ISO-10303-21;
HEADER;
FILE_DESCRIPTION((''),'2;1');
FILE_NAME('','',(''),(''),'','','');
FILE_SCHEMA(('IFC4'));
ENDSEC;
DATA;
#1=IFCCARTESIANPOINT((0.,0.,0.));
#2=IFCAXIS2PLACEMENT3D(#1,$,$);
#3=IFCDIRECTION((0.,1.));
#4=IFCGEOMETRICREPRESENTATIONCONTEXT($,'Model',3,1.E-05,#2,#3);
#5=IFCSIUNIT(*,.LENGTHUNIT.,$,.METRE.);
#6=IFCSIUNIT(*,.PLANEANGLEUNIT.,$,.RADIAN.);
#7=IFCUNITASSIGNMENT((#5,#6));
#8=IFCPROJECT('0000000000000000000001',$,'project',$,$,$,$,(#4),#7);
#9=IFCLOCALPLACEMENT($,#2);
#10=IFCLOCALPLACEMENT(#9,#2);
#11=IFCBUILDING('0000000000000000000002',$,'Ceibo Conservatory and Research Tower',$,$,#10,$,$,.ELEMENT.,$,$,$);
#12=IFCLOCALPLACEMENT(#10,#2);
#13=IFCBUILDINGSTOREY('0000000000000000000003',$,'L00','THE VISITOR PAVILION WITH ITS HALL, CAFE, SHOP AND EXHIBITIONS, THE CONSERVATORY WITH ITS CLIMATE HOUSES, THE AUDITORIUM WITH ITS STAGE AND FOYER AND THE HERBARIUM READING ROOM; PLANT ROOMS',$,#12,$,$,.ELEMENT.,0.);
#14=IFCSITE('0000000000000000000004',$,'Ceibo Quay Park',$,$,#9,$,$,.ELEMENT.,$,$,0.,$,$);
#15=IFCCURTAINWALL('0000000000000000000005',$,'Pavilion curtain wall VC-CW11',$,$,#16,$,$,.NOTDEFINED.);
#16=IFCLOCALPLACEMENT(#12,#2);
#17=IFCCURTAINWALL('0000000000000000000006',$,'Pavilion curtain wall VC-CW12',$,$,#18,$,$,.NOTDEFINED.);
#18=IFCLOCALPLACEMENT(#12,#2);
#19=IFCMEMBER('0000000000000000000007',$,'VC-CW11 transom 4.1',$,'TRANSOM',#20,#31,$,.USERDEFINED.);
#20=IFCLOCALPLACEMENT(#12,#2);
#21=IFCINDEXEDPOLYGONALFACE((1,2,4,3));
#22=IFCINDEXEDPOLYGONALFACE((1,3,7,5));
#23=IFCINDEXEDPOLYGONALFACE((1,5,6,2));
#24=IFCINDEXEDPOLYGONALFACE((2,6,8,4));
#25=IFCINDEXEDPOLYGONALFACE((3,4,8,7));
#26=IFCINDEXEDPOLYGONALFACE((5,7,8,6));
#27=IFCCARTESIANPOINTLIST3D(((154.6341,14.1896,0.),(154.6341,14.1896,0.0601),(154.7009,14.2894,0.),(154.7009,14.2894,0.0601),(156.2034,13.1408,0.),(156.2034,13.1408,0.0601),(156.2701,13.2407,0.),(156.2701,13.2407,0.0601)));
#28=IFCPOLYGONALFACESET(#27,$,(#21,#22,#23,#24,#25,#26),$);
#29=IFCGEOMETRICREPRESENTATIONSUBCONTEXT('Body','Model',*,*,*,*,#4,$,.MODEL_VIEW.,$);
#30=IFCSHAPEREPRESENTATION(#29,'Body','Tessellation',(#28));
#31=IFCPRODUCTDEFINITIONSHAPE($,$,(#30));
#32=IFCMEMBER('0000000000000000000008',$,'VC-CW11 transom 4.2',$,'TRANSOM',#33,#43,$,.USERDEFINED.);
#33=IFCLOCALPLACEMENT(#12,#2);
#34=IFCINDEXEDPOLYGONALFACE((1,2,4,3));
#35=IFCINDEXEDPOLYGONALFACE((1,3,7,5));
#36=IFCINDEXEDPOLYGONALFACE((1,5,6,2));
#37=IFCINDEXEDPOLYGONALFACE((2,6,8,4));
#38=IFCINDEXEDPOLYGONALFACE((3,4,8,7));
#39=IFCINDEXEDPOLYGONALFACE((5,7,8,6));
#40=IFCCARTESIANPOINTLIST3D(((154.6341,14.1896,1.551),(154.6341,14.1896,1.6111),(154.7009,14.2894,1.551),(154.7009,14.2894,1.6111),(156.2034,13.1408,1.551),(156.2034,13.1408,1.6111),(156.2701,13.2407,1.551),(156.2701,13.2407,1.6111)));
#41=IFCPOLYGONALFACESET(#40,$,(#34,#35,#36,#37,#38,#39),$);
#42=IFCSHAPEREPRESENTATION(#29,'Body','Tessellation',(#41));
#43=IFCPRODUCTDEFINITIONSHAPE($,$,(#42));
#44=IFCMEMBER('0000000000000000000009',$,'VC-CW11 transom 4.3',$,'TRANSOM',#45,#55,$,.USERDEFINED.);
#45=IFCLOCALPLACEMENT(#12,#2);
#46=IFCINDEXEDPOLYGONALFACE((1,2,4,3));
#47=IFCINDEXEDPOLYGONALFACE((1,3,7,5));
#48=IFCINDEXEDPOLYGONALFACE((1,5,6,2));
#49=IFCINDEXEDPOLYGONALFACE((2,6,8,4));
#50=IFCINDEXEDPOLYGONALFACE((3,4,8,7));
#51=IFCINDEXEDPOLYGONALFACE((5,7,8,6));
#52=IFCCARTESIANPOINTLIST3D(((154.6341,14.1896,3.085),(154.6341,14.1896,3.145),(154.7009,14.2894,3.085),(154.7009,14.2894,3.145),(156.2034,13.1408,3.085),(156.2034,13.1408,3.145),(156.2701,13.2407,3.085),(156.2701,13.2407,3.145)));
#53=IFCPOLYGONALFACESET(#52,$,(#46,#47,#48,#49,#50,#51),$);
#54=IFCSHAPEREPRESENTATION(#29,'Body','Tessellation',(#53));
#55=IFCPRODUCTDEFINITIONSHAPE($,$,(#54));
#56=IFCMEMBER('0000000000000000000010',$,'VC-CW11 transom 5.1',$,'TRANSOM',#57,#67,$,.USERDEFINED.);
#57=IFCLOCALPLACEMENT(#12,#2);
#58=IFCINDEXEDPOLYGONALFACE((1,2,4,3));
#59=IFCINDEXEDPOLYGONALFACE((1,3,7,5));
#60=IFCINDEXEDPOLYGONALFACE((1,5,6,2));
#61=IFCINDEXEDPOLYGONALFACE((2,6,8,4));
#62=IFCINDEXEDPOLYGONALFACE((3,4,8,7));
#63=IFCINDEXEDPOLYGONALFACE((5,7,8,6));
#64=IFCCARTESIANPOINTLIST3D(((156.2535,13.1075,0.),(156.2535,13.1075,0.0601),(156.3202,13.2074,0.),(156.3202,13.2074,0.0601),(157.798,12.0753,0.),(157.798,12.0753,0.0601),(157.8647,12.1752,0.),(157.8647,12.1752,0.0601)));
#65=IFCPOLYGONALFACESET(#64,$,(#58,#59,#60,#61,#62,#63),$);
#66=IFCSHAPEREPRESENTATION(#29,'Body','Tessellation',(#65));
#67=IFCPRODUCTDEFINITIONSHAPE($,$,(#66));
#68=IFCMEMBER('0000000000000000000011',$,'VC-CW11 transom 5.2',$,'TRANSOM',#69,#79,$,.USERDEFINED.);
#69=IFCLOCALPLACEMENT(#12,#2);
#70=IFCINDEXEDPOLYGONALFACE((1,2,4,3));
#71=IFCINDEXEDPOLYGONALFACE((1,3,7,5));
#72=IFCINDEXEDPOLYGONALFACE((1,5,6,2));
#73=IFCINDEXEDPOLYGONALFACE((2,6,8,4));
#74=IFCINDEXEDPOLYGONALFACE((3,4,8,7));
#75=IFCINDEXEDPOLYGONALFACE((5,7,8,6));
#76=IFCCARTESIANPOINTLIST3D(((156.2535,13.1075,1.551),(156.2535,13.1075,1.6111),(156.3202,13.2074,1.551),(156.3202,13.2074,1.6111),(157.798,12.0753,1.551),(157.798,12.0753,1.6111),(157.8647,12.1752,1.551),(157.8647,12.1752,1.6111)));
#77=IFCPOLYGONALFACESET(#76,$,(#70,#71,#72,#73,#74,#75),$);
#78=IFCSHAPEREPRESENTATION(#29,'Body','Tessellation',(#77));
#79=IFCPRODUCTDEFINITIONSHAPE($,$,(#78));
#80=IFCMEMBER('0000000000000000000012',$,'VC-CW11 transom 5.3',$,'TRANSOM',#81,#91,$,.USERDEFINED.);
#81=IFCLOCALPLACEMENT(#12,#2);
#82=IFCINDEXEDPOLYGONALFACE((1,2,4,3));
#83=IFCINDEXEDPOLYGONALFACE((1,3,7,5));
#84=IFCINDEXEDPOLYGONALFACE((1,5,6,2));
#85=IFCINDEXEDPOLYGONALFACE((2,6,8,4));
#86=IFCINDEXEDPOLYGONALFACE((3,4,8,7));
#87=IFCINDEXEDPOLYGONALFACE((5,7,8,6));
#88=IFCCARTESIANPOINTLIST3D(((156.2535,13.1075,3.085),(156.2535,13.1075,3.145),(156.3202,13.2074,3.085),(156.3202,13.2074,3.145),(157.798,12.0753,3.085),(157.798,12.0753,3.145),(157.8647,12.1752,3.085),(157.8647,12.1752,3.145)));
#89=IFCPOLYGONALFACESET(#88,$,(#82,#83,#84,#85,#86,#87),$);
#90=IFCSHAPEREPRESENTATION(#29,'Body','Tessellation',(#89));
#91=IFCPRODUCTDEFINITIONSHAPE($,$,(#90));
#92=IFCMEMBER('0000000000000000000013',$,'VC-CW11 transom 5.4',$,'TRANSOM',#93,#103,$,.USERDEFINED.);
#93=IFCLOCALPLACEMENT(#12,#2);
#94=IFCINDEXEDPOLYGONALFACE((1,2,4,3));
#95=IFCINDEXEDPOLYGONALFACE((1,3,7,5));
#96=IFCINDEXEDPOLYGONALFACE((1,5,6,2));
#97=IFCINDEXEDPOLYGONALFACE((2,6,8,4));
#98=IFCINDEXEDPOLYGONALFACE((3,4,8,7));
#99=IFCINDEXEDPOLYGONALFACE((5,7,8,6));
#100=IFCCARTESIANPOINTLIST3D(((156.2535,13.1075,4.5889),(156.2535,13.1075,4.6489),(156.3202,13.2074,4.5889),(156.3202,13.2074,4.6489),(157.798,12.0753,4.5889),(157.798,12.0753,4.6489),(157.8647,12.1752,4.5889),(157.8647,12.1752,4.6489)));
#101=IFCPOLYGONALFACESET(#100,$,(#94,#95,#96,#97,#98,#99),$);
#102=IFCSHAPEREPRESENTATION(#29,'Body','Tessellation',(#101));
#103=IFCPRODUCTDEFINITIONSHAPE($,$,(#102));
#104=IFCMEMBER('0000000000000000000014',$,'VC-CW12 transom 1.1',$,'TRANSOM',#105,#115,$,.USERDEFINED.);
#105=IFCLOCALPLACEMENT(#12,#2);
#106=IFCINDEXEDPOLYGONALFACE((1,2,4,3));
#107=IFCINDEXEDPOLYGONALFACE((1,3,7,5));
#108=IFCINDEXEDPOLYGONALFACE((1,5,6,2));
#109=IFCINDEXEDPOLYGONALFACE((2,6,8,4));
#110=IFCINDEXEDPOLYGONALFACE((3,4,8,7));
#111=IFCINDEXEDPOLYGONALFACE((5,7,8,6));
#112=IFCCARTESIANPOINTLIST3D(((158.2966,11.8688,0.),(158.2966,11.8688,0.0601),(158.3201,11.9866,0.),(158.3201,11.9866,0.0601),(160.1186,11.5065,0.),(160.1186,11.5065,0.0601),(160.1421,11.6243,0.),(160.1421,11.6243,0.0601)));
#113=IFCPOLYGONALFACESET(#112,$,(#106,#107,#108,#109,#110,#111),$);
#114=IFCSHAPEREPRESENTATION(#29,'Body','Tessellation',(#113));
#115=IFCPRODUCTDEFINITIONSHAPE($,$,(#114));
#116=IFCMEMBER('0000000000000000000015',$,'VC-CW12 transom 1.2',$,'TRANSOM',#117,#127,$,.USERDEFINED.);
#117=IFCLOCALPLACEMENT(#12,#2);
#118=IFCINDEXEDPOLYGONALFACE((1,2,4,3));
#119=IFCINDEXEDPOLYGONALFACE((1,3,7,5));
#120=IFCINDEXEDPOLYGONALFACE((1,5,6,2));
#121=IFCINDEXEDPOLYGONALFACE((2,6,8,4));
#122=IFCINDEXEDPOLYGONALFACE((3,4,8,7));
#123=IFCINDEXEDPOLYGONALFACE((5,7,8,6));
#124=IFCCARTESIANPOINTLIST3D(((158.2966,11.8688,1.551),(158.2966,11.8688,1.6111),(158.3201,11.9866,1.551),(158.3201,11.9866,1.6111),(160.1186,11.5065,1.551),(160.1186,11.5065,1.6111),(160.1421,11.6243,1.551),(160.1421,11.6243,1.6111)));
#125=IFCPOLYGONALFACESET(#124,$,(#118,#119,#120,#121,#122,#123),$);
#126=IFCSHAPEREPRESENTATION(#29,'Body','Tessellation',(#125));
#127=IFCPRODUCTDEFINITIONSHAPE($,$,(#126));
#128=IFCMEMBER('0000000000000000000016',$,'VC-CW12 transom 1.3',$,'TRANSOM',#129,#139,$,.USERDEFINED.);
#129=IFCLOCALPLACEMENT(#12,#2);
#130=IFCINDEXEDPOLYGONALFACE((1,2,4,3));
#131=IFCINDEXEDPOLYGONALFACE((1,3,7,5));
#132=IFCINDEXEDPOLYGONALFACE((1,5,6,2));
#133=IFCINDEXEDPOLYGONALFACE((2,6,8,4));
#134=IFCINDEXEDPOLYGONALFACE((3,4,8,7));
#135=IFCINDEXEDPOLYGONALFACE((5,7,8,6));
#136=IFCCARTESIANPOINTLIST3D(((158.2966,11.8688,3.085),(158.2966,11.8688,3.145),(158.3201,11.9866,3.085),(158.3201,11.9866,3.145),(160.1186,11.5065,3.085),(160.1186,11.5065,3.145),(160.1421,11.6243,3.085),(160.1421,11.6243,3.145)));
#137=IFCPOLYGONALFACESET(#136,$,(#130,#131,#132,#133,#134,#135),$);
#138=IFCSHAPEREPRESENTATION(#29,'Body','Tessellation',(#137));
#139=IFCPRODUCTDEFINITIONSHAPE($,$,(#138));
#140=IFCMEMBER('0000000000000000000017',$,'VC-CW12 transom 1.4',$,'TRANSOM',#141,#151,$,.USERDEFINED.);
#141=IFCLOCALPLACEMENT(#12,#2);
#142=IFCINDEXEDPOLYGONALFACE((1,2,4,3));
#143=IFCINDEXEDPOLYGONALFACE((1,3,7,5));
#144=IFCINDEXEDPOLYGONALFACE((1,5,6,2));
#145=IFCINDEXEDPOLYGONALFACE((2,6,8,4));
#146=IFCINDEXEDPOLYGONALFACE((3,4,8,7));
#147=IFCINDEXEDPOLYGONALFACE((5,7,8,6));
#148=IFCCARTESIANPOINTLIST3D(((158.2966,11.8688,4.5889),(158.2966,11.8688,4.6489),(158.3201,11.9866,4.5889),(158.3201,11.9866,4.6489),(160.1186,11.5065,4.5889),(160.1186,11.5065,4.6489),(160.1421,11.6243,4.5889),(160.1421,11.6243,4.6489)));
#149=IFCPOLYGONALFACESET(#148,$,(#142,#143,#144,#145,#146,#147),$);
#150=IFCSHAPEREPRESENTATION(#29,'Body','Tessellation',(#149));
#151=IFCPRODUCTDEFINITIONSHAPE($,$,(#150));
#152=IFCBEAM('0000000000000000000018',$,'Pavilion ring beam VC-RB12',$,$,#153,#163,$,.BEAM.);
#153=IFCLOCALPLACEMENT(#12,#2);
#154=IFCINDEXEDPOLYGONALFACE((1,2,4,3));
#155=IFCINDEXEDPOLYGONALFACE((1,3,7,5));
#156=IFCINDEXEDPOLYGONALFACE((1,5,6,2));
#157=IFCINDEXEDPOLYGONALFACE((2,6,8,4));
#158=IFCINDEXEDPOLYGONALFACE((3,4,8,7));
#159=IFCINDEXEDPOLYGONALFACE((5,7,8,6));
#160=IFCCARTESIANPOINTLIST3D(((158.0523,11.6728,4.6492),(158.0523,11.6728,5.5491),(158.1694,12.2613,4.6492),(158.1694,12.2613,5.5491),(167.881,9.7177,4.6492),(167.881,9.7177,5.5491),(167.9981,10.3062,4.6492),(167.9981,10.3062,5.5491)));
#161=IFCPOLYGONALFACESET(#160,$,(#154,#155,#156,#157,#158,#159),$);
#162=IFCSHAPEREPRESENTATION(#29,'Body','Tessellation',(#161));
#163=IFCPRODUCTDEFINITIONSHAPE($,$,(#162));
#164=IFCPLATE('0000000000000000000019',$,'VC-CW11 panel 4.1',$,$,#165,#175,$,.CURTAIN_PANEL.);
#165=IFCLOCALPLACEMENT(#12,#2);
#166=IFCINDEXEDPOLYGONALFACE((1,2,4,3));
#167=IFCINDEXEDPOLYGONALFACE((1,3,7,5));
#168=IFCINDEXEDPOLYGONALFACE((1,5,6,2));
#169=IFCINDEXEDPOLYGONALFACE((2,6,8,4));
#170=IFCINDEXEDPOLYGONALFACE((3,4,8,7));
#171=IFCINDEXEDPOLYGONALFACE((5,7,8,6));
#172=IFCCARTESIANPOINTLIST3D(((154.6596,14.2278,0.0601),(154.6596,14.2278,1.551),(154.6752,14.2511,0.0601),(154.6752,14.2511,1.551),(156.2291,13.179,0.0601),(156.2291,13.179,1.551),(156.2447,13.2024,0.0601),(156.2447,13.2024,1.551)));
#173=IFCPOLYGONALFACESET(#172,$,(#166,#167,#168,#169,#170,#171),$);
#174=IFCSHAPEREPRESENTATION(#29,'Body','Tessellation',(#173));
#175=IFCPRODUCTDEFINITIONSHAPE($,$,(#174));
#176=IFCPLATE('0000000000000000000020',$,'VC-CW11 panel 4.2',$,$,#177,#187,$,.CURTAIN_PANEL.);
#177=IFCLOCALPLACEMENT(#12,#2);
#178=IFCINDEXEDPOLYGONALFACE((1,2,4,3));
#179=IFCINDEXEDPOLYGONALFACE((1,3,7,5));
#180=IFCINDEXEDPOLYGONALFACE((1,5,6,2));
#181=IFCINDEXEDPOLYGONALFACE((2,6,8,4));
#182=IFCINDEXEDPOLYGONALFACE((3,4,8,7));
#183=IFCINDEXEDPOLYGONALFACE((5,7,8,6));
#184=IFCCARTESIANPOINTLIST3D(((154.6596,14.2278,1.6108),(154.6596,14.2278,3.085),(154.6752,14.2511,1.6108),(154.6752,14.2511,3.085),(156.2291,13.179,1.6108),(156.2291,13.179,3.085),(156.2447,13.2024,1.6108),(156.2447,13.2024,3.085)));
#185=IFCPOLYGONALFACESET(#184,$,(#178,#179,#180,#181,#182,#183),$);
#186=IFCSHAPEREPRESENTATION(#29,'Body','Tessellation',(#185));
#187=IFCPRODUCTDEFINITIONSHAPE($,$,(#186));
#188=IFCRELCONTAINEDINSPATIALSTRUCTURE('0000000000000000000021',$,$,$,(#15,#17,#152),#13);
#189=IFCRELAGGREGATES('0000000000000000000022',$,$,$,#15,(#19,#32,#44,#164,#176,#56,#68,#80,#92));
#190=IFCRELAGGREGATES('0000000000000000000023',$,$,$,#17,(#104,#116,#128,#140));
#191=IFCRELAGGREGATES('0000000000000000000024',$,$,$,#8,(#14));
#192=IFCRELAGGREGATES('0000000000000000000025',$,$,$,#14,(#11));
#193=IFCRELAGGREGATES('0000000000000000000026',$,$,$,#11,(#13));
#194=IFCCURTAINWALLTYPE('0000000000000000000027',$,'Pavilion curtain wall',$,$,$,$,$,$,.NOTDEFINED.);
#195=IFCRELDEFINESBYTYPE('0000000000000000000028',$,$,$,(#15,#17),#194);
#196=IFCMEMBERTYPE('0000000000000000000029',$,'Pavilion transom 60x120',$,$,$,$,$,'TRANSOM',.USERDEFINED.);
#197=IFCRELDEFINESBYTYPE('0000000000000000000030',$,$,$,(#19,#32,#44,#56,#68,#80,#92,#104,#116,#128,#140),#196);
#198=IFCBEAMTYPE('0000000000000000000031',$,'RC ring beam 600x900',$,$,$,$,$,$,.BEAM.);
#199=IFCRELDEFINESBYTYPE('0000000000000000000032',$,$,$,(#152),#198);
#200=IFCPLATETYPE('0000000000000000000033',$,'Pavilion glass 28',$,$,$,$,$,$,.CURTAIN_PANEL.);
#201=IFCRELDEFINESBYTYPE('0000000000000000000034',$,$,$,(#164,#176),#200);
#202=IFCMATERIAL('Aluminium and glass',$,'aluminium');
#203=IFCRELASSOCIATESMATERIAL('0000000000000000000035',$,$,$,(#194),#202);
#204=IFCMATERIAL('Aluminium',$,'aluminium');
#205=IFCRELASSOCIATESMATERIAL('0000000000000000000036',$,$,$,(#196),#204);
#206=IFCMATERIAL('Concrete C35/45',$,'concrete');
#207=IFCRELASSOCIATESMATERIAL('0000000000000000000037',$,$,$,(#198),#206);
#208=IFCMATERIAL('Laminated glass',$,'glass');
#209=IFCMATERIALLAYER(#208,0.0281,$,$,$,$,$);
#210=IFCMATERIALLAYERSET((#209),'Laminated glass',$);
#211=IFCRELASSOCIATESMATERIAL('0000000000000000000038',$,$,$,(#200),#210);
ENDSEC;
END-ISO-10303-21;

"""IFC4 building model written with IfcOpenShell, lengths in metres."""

from ifc_helpers import new_model, si_unit, direction, frame, origin, origin_2d, place, context, subcontext, project, spatial, rectangle, extrude, material, layer, layer_set, material_profile, profile_set, type_object, element, aggregate, save


model = new_model("IFC4")

# Units and contexts
model_context = context("Model", 3, precision=1e-05, world=origin(), true_north=direction((0.0, 1.0)))
body_context = subcontext(model_context, "Body", "Model", "MODEL_VIEW")
ifc_project = project(units=[si_unit("LENGTHUNIT", "METRE"), si_unit("PLANEANGLEUNIT", "RADIAN")], contexts=[model_context])

# Site, building, storey
site_placement = place(None, origin())
site = spatial("IfcSite", under=ifc_project, at=site_placement, Name="Ceibo Quay Park", CompositionType="ELEMENT", RefElevation=0.0)
building_placement = place(site_placement, origin())
building = spatial("IfcBuilding", under=site, at=building_placement, Name="Ceibo Conservatory and Research Tower", CompositionType="ELEMENT")
storey_placement = place(building_placement, origin())
storey = spatial("IfcBuildingStorey", under=building, at=storey_placement, Name="L00", Description="THE VISITOR PAVILION WITH ITS HALL, CAFE, SHOP AND EXHIBITIONS, THE CONSERVATORY WITH ITS CLIMATE HOUSES, THE AUDITORIUM WITH ITS STAGE AND FOYER AND THE HERBARIUM READING ROOM; PLANT ROOMS", CompositionType="ELEMENT", Elevation=0.0)

# Shared definitions
ifc_material_1 = material(Name="Concrete C35/45", Category="concrete")

# Curtain wall
ifc_material_2 = material(Name="Aluminium and glass", Category="aluminium")
curtain_wall_type = type_object("IfcCurtainWallType", Name="Pavilion curtain wall", PredefinedType="NOTDEFINED", material=ifc_material_2)
curtain_wall_1_placement = place(storey_placement, origin())
curtain_wall_1 = element("IfcCurtainWall", 1, at=curtain_wall_1_placement, inside=storey, type_object=curtain_wall_type, Name="Pavilion curtain wall VC-CW11", PredefinedType="NOTDEFINED")
ifc_material_3 = material(Name="Aluminium", Category="aluminium")

# Curtain wall
curtain_wall_2_placement = place(storey_placement, origin())
curtain_wall_2 = element("IfcCurtainWall", 2, at=curtain_wall_2_placement, inside=storey, type_object=curtain_wall_type, Name="Pavilion curtain wall VC-CW12", PredefinedType="NOTDEFINED")

# Members
ifc_material_profile_1 = material_profile(ifc_material_3, rectangle(XDim=0.1201, YDim=0.0601, at=origin_2d()), Name="AL 60x120")
ifc_profile_set_1 = profile_set([ifc_material_profile_1], Name="Aluminium")
member_type_1 = type_object("IfcMemberType", Name="Pavilion transom 60x120", ElementType="TRANSOM", PredefinedType="USERDEFINED", material=ifc_profile_set_1)
member_1_placement = place(storey_placement, frame((154.6675, 14.2395, 0.03), z_axis=(0.831413, -0.555655, 0.0), x_axis=(0.555655, 0.831413, 0.0)))
member_1 = element("IfcMember", 3, at=member_1_placement, type_object=member_type_1, Name="VC-CW11 transom 4.1", ObjectType="TRANSOM", PredefinedType="USERDEFINED", context=body_context, shape_type="SweptSolid", body=[
    extrude(rectangle(XDim=0.1201, YDim=0.0601, at=origin_2d()), origin(), (0.0, 0.0, 1.0), 1.8875),
])
member_2_placement = place(storey_placement, frame((154.6675, 14.2395, 1.5811), z_axis=(0.831413, -0.555655, 0.0), x_axis=(0.555655, 0.831413, 0.0)))
member_2 = element("IfcMember", 4, at=member_2_placement, type_object=member_type_1, Name="VC-CW11 transom 4.2", ObjectType="TRANSOM", PredefinedType="USERDEFINED", context=body_context, shape_type="SweptSolid", body=[
    extrude(rectangle(XDim=0.1201, YDim=0.0601, at=origin_2d()), origin(), (0.0, 0.0, 1.0), 1.8875),
])
member_3_placement = place(storey_placement, frame((154.6675, 14.2395, 3.115), z_axis=(0.831413, -0.555655, 0.0), x_axis=(0.555655, 0.831413, 0.0)))
member_3 = element("IfcMember", 5, at=member_3_placement, type_object=member_type_1, Name="VC-CW11 transom 4.3", ObjectType="TRANSOM", PredefinedType="USERDEFINED", context=body_context, shape_type="SweptSolid", body=[
    extrude(rectangle(XDim=0.1201, YDim=0.0601, at=origin_2d()), origin(), (0.0, 0.0, 1.0), 1.8875),
])
member_4_placement = place(storey_placement, frame((156.2869, 13.1575, 0.03), z_axis=(0.831403, -0.55567, 0.0), x_axis=(0.55567, 0.831403, 0.0)))
member_4 = element("IfcMember", 6, at=member_4_placement, type_object=member_type_1, Name="VC-CW11 transom 5.1", ObjectType="TRANSOM", PredefinedType="USERDEFINED", context=body_context, shape_type="SweptSolid", body=[
    extrude(rectangle(XDim=0.1201, YDim=0.0601, at=origin_2d()), origin(), (0.0, 0.0, 1.0), 1.8577),
])
member_5_placement = place(storey_placement, frame((156.2869, 13.1575, 1.5811), z_axis=(0.831403, -0.55567, 0.0), x_axis=(0.55567, 0.831403, 0.0)))
member_5 = element("IfcMember", 7, at=member_5_placement, type_object=member_type_1, Name="VC-CW11 transom 5.2", ObjectType="TRANSOM", PredefinedType="USERDEFINED", context=body_context, shape_type="SweptSolid", body=[
    extrude(rectangle(XDim=0.1201, YDim=0.0601, at=origin_2d()), origin(), (0.0, 0.0, 1.0), 1.8577),
])
member_6_placement = place(storey_placement, frame((156.2869, 13.1575, 3.115), z_axis=(0.831403, -0.55567, 0.0), x_axis=(0.55567, 0.831403, 0.0)))
member_6 = element("IfcMember", 8, at=member_6_placement, type_object=member_type_1, Name="VC-CW11 transom 5.3", ObjectType="TRANSOM", PredefinedType="USERDEFINED", context=body_context, shape_type="SweptSolid", body=[
    extrude(rectangle(XDim=0.1201, YDim=0.0601, at=origin_2d()), origin(), (0.0, 0.0, 1.0), 1.8577),
])
member_7_placement = place(storey_placement, frame((156.2869, 13.1575, 4.6189), z_axis=(0.831403, -0.55567, 0.0), x_axis=(0.55567, 0.831403, 0.0)))
member_7 = element("IfcMember", 9, at=member_7_placement, type_object=member_type_1, Name="VC-CW11 transom 5.4", ObjectType="TRANSOM", PredefinedType="USERDEFINED", context=body_context, shape_type="SweptSolid", body=[
    extrude(rectangle(XDim=0.1201, YDim=0.0601, at=origin_2d()), origin(), (0.0, 0.0, 1.0), 1.8577),
])
member_8_placement = place(storey_placement, frame((158.3083, 11.9277, 0.03), z_axis=(0.980797, -0.195029, 0.0), x_axis=(0.195029, 0.980797, 0.0)))
member_8 = element("IfcMember", 10, at=member_8_placement, type_object=member_type_1, Name="VC-CW12 transom 1.1", ObjectType="TRANSOM", PredefinedType="USERDEFINED", context=body_context, shape_type="SweptSolid", body=[
    extrude(rectangle(XDim=0.1201, YDim=0.0601, at=origin_2d()), origin(), (0.0, 0.0, 1.0), 1.8577),
])
member_9_placement = place(storey_placement, frame((158.3083, 11.9277, 1.5811), z_axis=(0.980797, -0.195029, 0.0), x_axis=(0.195029, 0.980797, 0.0)))
member_9 = element("IfcMember", 11, at=member_9_placement, type_object=member_type_1, Name="VC-CW12 transom 1.2", ObjectType="TRANSOM", PredefinedType="USERDEFINED", context=body_context, shape_type="SweptSolid", body=[
    extrude(rectangle(XDim=0.1201, YDim=0.0601, at=origin_2d()), origin(), (0.0, 0.0, 1.0), 1.8577),
])
member_10_placement = place(storey_placement, frame((158.3083, 11.9277, 3.115), z_axis=(0.980797, -0.195029, 0.0), x_axis=(0.195029, 0.980797, 0.0)))
member_10 = element("IfcMember", 12, at=member_10_placement, type_object=member_type_1, Name="VC-CW12 transom 1.3", ObjectType="TRANSOM", PredefinedType="USERDEFINED", context=body_context, shape_type="SweptSolid", body=[
    extrude(rectangle(XDim=0.1201, YDim=0.0601, at=origin_2d()), origin(), (0.0, 0.0, 1.0), 1.8577),
])
member_11_placement = place(storey_placement, frame((158.3083, 11.9277, 4.6189), z_axis=(0.980797, -0.195029, 0.0), x_axis=(0.195029, 0.980797, 0.0)))
member_11 = element("IfcMember", 13, at=member_11_placement, type_object=member_type_1, Name="VC-CW12 transom 1.4", ObjectType="TRANSOM", PredefinedType="USERDEFINED", context=body_context, shape_type="SweptSolid", body=[
    extrude(rectangle(XDim=0.1201, YDim=0.0601, at=origin_2d()), origin(), (0.0, 0.0, 1.0), 1.8577),
])

# Beam
ifc_material_profile_2 = material_profile(ifc_material_1, rectangle(XDim=0.6001, YDim=0.8999, at=origin_2d()), Name="RC 600x900")
ifc_profile_set_2 = profile_set([ifc_material_profile_2], Name="Concrete C35/45")
beam_type = type_object("IfcBeamType", Name="RC ring beam 600x900", PredefinedType="BEAM", material=ifc_profile_set_2)
beam_placement = place(storey_placement, frame((158.1108, 11.967, 5.0991), z_axis=(0.980784, -0.195095, 0.0), x_axis=(0.195095, 0.980784, 0.0)))
element("IfcBeam", 14, at=beam_placement, inside=storey, type_object=beam_type, Name="Pavilion ring beam VC-RB12", PredefinedType="BEAM", context=body_context, shape_type="SweptSolid", body=[
    extrude(rectangle(XDim=0.6001, YDim=0.8999, at=origin_2d()), origin(), (0.0, 0.0, 1.0), 10.0212),
])

# Plates
ifc_material_4 = material(Name="Laminated glass", Category="glass")
ifc_layer_1 = layer(ifc_material_4, 0.0281)
ifc_layer_set_1 = layer_set([ifc_layer_1], Name="Laminated glass")
plate_type = type_object("IfcPlateType", Name="Pavilion glass 28", PredefinedType="CURTAIN_PANEL", material=ifc_layer_set_1)
plate_1_placement = place(storey_placement, frame((155.4521, 13.7151, 0.0601), z_axis=(0.0, 0.0, 1.0), x_axis=(0.83147, -0.55557, 0.0)))
plate_1 = element("IfcPlate", 15, at=plate_1_placement, type_object=plate_type, Name="VC-CW11 panel 4.1", PredefinedType="CURTAIN_PANEL", context=body_context, shape_type="SweptSolid", body=[
    extrude(rectangle(XDim=1.8877, YDim=0.0281, at=origin_2d()), origin(), (0.0, 0.0, 1.0), 1.491),
])
plate_2_placement = place(storey_placement, frame((155.4521, 13.7151, 1.6108), z_axis=(0.0, 0.0, 1.0), x_axis=(0.83147, -0.55557, 0.0)))
plate_2 = element("IfcPlate", 16, at=plate_2_placement, type_object=plate_type, Name="VC-CW11 panel 4.2", PredefinedType="CURTAIN_PANEL", context=body_context, shape_type="SweptSolid", body=[
    extrude(rectangle(XDim=1.8877, YDim=0.0281, at=origin_2d()), origin(), (0.0, 0.0, 1.0), 1.4741),
])
aggregate(curtain_wall_1, [member_1, member_2, member_3, plate_1, plate_2, member_4, member_5, member_6, member_7])
aggregate(curtain_wall_2, [member_8, member_9, member_10, member_11])

save(model, "model.ifc")
